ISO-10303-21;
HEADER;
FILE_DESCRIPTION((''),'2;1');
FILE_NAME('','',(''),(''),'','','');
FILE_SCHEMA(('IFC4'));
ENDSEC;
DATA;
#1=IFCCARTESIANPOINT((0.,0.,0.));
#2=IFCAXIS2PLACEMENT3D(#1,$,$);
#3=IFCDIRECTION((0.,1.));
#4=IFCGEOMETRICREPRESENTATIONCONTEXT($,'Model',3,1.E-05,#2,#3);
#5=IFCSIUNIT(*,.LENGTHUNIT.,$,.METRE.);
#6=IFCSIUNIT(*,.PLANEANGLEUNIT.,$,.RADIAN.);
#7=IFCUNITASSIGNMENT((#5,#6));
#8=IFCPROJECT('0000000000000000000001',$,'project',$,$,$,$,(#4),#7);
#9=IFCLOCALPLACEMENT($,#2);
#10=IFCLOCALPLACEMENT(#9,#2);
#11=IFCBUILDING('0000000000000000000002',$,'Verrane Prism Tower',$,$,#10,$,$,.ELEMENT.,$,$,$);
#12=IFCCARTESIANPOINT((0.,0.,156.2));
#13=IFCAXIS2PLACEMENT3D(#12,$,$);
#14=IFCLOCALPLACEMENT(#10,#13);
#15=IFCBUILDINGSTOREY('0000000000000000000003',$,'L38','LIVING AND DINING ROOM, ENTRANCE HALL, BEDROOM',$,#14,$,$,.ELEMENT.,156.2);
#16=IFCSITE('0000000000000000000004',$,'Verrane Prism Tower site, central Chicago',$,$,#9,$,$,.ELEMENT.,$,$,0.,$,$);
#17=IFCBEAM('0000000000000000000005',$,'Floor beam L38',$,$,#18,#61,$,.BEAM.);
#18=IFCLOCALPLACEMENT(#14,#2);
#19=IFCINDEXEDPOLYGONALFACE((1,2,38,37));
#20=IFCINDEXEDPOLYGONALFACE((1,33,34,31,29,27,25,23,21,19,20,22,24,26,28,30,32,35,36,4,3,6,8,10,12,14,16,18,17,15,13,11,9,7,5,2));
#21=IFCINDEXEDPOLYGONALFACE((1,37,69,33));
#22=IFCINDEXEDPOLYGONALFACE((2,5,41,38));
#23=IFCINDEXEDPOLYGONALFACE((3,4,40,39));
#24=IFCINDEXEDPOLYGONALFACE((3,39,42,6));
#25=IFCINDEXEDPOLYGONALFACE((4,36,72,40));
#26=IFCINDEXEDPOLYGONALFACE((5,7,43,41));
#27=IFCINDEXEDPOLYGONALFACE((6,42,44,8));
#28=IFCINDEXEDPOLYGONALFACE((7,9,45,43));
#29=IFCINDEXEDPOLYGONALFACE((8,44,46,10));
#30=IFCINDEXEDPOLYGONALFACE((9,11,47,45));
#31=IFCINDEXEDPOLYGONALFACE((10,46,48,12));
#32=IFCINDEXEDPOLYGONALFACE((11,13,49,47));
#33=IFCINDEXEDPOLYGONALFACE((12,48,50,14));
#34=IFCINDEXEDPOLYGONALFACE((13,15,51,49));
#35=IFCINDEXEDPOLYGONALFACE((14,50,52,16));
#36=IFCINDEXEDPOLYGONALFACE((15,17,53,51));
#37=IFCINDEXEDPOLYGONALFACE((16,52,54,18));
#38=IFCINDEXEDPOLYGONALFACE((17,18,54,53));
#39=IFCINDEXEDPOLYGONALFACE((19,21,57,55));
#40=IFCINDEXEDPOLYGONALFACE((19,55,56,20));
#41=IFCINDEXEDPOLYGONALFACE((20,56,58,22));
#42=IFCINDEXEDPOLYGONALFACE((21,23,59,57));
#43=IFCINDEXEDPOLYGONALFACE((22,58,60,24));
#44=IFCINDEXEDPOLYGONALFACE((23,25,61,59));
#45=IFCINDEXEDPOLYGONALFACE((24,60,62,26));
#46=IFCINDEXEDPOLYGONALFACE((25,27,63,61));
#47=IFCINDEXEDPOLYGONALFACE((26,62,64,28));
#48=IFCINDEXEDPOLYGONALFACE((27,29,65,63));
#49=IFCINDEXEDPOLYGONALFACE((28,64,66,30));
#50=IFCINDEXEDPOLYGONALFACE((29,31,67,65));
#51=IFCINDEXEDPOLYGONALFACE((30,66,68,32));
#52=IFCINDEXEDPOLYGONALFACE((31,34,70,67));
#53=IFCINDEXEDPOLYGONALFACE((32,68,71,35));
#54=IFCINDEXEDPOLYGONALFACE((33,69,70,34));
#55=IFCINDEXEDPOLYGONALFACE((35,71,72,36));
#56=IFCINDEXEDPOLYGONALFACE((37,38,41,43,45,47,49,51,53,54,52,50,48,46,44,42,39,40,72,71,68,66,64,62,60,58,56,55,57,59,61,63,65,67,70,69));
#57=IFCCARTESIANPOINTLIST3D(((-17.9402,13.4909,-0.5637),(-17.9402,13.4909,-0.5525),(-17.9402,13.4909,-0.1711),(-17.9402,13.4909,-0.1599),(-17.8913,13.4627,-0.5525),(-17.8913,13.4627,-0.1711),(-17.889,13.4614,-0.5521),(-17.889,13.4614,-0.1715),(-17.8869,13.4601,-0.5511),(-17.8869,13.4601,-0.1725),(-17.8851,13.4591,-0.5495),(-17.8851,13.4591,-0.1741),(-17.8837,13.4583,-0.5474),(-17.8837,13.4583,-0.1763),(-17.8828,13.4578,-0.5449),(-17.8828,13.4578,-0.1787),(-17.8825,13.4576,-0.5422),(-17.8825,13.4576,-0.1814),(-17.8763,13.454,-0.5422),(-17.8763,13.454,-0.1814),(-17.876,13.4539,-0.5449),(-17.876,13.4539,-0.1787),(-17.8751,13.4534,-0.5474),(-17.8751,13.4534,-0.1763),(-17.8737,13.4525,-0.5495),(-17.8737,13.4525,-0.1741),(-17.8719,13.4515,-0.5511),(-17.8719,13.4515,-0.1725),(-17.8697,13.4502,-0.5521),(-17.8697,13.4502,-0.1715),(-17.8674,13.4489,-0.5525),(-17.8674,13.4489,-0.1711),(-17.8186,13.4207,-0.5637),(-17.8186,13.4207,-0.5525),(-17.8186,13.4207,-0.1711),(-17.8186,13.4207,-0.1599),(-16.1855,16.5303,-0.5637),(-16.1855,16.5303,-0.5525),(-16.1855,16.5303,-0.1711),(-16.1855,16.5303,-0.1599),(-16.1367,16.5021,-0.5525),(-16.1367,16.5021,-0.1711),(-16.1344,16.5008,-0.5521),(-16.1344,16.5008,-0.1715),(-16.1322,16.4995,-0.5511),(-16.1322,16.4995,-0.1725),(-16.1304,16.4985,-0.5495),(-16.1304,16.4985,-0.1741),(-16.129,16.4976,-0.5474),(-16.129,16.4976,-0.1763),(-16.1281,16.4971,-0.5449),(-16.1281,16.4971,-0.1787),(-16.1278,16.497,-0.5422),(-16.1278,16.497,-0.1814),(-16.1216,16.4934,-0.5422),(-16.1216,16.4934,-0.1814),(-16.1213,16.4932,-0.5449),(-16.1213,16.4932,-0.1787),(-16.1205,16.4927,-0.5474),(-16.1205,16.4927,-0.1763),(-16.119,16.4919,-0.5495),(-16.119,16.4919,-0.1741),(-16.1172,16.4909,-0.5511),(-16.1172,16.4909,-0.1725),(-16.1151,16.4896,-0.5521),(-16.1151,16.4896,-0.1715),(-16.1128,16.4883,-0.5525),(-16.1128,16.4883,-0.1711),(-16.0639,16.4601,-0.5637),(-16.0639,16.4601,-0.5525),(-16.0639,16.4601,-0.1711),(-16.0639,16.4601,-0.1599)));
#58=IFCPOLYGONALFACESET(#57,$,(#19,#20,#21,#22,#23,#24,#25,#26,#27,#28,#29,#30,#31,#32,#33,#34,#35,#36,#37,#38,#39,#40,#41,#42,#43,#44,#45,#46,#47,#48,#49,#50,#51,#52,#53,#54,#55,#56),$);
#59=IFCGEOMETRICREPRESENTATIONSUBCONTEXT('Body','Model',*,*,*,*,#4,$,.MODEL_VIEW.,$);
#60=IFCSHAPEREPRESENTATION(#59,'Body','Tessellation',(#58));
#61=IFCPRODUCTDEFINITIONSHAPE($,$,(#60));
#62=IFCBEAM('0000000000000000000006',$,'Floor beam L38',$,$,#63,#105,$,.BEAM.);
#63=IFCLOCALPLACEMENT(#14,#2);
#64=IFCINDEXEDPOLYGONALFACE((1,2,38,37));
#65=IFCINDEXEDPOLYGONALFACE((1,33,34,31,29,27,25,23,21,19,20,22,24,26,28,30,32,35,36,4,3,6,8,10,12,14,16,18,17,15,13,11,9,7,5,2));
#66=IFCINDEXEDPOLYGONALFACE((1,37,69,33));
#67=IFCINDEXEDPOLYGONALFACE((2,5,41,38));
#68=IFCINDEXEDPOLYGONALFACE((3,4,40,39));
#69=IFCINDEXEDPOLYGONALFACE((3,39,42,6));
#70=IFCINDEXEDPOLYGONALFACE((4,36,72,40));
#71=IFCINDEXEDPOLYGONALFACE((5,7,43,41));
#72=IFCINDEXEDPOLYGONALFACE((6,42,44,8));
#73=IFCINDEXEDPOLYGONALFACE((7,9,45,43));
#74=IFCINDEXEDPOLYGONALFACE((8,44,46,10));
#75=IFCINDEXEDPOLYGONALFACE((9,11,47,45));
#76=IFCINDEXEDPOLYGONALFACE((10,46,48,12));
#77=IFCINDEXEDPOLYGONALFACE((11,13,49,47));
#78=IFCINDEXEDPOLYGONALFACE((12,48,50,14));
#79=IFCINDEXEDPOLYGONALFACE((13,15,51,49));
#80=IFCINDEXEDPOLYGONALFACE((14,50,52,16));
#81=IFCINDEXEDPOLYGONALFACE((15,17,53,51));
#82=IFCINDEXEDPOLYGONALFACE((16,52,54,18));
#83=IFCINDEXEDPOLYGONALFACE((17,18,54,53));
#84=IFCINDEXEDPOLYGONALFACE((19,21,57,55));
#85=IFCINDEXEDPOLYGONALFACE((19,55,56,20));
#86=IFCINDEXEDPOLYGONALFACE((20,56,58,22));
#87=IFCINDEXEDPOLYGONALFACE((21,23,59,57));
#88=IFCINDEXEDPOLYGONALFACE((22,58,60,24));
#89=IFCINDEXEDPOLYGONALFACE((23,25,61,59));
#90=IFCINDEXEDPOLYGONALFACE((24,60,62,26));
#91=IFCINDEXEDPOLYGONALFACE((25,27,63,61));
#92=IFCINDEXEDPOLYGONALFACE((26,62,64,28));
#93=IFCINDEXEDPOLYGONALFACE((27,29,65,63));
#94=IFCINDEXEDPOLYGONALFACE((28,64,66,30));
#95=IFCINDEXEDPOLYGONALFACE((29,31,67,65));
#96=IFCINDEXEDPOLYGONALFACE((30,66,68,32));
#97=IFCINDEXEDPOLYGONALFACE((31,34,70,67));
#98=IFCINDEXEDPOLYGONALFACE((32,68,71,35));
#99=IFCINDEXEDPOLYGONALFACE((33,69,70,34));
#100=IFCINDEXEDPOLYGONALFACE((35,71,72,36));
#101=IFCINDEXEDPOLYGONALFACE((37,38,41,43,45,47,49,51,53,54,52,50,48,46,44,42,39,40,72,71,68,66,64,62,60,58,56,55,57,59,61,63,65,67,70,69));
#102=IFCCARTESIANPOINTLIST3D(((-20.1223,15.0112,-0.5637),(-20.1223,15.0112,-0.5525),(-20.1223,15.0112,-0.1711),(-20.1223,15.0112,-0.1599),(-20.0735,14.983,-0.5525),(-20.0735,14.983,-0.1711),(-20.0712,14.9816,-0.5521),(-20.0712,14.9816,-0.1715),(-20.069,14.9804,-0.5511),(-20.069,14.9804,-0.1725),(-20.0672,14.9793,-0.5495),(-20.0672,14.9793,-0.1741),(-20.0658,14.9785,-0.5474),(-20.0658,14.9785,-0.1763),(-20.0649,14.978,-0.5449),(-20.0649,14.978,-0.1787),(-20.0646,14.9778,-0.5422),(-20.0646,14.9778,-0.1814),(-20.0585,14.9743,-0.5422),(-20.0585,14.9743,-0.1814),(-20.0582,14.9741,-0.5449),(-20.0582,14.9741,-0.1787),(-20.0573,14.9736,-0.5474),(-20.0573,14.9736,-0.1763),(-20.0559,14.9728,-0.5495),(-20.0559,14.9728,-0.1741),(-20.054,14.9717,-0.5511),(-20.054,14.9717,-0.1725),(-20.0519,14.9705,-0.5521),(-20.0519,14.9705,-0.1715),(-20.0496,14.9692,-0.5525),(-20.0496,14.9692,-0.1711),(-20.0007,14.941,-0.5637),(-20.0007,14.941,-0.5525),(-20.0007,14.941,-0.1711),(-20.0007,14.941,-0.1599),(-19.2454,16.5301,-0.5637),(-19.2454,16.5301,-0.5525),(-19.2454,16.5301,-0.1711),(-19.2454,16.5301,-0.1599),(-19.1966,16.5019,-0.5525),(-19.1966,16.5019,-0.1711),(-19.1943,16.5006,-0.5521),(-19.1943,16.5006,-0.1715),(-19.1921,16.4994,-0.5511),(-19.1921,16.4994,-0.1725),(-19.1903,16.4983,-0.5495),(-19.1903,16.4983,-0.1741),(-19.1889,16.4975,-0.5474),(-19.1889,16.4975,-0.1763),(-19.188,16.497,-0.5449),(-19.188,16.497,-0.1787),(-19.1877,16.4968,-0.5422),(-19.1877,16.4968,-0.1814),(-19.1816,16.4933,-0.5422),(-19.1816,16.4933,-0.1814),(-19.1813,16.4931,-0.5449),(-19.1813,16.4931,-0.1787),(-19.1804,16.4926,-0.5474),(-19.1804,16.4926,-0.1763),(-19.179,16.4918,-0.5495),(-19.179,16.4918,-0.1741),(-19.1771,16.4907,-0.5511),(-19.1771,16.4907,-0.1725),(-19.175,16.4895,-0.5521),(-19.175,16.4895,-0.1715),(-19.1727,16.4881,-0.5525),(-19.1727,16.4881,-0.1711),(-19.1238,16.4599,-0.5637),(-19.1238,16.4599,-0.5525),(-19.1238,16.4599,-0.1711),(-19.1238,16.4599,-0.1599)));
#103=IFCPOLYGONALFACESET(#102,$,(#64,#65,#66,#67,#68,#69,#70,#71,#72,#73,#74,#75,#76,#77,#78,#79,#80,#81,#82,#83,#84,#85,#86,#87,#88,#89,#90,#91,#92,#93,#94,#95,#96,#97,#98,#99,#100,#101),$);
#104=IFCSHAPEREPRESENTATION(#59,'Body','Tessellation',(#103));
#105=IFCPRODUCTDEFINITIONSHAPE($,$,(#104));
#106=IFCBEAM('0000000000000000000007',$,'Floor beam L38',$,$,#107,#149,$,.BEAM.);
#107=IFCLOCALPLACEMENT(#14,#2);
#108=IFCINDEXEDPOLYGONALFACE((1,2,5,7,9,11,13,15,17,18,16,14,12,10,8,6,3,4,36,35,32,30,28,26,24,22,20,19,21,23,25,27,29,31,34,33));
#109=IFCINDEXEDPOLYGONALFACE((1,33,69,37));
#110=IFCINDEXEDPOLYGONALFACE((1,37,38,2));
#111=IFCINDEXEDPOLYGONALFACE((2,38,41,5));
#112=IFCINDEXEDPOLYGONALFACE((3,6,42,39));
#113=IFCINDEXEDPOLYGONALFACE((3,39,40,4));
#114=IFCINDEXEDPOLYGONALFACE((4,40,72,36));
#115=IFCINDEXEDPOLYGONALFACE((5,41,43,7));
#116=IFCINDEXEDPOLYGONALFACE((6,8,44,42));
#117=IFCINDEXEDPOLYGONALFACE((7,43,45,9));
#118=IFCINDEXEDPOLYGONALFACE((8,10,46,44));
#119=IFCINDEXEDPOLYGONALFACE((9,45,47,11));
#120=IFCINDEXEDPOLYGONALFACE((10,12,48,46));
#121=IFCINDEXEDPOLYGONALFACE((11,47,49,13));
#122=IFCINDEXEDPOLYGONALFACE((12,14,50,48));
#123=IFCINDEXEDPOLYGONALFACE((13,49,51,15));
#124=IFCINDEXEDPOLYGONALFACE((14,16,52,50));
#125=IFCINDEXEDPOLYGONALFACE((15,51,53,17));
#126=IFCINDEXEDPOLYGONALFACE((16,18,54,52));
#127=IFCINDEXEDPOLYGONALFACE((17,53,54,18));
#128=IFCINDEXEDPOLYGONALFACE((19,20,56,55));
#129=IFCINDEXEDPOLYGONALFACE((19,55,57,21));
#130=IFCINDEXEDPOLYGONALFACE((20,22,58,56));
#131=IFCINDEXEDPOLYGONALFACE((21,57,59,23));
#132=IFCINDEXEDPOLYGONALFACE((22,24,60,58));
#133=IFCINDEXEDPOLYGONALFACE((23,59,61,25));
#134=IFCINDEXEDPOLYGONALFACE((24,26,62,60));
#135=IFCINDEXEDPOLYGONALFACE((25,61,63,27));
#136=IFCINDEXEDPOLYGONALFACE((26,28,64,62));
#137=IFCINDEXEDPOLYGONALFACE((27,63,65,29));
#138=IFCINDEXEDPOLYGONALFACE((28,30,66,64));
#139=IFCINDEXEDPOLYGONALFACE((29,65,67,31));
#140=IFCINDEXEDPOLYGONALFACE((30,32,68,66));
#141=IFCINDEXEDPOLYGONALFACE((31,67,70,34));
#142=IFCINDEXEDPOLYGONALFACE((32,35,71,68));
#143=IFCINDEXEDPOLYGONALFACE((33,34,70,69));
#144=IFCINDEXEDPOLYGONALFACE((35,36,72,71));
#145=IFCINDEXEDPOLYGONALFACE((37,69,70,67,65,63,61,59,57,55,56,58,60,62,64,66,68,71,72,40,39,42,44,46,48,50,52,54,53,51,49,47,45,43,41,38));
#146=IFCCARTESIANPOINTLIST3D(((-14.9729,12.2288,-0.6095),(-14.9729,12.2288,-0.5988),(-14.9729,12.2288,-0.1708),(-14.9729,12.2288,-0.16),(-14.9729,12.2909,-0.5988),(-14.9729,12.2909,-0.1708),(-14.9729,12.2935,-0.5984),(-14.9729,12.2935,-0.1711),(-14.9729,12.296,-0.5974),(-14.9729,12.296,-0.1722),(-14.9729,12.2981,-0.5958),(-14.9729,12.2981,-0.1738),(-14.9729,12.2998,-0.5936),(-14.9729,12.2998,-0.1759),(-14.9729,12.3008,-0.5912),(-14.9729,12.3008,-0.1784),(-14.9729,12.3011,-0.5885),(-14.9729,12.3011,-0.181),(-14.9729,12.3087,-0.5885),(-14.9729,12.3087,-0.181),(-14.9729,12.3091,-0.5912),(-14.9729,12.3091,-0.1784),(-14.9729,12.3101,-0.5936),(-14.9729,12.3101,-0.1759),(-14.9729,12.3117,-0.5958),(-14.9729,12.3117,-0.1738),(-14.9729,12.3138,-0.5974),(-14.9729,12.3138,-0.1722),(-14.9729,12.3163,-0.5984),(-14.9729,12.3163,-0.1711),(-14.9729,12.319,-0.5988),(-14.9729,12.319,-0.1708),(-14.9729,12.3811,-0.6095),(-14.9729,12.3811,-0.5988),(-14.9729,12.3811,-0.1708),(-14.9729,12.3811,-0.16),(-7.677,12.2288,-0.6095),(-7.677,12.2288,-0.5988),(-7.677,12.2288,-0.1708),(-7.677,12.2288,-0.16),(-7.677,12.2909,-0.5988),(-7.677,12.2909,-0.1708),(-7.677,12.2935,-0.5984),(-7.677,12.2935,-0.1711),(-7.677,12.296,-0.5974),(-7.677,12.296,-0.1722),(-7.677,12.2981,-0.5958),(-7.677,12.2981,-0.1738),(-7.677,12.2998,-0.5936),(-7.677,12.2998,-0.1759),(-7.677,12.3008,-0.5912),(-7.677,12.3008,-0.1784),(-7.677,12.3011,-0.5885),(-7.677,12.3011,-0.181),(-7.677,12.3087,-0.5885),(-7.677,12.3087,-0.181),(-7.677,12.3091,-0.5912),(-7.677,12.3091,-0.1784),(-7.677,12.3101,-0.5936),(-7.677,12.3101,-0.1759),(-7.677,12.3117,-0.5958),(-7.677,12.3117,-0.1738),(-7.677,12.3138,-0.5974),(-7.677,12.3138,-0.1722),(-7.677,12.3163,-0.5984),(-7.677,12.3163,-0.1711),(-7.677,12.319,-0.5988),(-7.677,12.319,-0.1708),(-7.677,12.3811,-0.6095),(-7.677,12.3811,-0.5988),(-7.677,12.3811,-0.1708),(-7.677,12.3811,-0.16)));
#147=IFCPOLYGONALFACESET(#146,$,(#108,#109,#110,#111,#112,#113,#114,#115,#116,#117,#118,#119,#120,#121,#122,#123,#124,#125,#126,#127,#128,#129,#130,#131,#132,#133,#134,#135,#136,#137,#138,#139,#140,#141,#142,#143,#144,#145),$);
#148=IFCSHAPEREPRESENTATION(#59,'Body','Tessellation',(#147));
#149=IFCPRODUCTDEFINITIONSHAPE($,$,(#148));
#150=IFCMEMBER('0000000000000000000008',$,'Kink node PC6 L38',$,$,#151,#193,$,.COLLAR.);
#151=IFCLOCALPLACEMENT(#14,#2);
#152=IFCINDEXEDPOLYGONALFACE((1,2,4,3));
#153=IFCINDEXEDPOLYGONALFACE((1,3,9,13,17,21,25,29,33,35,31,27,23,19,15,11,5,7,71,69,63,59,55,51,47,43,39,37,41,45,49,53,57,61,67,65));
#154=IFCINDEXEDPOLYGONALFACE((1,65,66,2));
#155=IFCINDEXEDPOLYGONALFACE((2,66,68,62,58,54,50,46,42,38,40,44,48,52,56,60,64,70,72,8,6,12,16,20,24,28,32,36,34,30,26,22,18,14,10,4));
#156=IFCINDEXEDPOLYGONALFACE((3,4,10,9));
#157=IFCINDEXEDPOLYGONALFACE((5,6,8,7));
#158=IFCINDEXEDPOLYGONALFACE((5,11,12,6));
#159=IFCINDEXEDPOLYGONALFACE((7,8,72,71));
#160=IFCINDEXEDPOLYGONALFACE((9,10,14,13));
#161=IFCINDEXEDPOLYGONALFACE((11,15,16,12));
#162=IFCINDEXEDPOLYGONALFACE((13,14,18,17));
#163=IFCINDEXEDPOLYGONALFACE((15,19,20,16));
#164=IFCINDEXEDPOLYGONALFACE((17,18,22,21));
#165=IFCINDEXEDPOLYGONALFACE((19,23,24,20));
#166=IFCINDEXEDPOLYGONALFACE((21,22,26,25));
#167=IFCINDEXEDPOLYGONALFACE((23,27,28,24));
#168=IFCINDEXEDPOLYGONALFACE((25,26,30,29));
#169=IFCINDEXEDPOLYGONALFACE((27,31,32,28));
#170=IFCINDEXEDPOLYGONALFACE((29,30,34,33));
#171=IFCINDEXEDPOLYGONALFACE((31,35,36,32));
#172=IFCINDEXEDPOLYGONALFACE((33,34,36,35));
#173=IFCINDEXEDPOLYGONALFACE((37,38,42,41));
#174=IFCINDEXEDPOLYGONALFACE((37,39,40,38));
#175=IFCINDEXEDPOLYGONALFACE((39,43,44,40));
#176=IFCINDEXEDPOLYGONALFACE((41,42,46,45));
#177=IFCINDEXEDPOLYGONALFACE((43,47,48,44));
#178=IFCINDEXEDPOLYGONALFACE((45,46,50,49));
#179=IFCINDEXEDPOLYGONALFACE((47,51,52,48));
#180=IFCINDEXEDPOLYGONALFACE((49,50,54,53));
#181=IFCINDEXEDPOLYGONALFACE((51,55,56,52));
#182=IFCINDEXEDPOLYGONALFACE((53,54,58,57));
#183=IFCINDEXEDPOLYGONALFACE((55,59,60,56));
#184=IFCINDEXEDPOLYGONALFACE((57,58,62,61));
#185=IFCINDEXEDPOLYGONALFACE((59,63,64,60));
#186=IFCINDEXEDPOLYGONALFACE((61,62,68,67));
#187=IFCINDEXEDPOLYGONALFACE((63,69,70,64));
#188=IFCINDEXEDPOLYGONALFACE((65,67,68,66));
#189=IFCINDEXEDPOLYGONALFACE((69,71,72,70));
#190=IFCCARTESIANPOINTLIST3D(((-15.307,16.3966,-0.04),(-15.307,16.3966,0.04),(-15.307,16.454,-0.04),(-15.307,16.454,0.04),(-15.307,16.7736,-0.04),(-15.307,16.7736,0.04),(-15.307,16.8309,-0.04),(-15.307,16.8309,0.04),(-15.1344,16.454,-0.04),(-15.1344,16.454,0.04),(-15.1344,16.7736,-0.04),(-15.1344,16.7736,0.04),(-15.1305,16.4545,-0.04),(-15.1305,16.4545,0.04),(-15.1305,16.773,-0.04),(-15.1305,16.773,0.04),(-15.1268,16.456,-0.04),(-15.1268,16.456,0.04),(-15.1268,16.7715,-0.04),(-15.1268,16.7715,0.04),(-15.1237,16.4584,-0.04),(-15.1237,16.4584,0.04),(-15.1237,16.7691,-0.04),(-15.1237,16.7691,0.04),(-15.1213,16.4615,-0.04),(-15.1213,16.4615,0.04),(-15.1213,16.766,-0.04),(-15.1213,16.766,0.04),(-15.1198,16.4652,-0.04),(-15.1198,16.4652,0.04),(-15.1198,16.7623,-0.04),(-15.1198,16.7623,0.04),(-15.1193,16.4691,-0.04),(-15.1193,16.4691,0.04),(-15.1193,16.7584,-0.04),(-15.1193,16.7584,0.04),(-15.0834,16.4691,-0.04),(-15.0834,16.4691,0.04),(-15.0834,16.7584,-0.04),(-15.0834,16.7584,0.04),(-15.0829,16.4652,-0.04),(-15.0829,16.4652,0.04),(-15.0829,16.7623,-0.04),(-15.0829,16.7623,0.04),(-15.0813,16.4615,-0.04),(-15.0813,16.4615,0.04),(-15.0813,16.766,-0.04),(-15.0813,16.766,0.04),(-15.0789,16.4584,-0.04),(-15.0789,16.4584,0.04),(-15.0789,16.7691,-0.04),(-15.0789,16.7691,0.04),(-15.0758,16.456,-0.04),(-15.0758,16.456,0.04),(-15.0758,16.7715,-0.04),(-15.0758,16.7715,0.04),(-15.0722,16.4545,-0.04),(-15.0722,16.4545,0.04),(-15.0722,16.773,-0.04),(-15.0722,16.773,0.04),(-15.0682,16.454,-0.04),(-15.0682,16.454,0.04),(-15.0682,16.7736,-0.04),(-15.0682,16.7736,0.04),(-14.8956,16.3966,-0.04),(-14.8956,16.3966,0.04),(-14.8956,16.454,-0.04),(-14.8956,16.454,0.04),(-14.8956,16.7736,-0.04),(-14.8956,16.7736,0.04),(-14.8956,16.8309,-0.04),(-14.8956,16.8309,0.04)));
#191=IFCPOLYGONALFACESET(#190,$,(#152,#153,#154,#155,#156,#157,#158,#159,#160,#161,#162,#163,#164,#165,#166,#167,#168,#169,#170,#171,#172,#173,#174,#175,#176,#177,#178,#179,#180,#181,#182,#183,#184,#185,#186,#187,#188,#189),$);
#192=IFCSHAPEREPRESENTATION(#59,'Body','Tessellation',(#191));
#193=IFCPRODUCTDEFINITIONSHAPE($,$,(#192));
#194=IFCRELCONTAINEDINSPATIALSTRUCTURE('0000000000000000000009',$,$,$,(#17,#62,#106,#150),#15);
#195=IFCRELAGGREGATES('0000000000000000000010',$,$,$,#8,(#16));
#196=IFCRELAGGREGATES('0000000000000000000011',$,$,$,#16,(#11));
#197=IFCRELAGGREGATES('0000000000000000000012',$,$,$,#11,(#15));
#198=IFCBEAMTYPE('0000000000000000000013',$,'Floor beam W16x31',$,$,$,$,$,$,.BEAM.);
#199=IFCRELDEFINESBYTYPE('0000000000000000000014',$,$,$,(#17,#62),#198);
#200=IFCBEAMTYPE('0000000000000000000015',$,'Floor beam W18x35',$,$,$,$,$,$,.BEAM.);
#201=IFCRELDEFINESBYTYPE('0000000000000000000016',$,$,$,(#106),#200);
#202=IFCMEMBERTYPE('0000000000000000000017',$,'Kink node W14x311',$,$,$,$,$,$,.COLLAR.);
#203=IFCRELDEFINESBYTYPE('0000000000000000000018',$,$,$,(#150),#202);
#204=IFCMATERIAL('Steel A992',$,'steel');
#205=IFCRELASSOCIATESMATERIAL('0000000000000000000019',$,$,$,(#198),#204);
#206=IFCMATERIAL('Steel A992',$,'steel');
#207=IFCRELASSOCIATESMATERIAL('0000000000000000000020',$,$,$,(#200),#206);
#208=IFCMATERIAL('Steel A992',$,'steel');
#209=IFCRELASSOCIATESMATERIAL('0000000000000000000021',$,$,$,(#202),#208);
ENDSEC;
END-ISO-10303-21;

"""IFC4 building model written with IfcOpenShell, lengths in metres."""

from ifc_helpers import new_model, si_unit, direction, frame, origin, origin_2d, place, context, subcontext, project, spatial, i_section, extrude, material, material_profile, profile_set, type_object, element, save


model = new_model("IFC4")

# Units and contexts
model_context = context("Model", 3, precision=1e-05, world=origin(), true_north=direction((0.0, 1.0)))
body_context = subcontext(model_context, "Body", "Model", "MODEL_VIEW")
ifc_project = project(units=[si_unit("LENGTHUNIT", "METRE"), si_unit("PLANEANGLEUNIT", "RADIAN")], contexts=[model_context])

# Site, building, storey
site_placement = place(None, origin())
site = spatial("IfcSite", under=ifc_project, at=site_placement, Name="Verrane Prism Tower site, central Chicago", CompositionType="ELEMENT", RefElevation=0.0)
building_placement = place(site_placement, origin())
building = spatial("IfcBuilding", under=site, at=building_placement, Name="Verrane Prism Tower", CompositionType="ELEMENT")
storey_placement = place(building_placement, frame((0.0, 0.0, 156.2)))
storey = spatial("IfcBuildingStorey", under=building, at=storey_placement, Name="L38", Description="LIVING AND DINING ROOM, ENTRANCE HALL, BEDROOM", CompositionType="ELEMENT", Elevation=156.2)

# Beams
ifc_material_1 = material(Name="Steel A992", Category="steel")
ifc_material_profile_1 = material_profile(ifc_material_1, i_section(OverallWidth=0.1404, OverallDepth=0.4038, WebThickness=0.0071, FlangeThickness=0.0112, FilletRadius=0.0103, at=origin_2d()), Name="W16x31")
ifc_profile_set_1 = profile_set([ifc_material_profile_1], Name="Steel A992")
beam_type_1 = type_object("IfcBeamType", Name="Floor beam W16x31", PredefinedType="BEAM", material=ifc_profile_set_1)
beam_1_placement = place(storey_placement, frame((-17.8794, 13.4558, -0.3618), z_axis=(0.499977, 0.866038, 0.0), x_axis=(-0.866038, 0.499977, 0.0)))
element("IfcBeam", 1, at=beam_1_placement, inside=storey, type_object=beam_type_1, Name="Floor beam L38", PredefinedType="BEAM", context=body_context, shape_type="SweptSolid", body=[
    extrude(i_section(OverallWidth=0.1404, OverallDepth=0.4038, WebThickness=0.0071, FlangeThickness=0.0112, FilletRadius=0.0103, at=origin_2d()), origin(), (0.0, 0.0, 1.0), 3.5095),
])
beam_2_placement = place(storey_placement, frame((-20.0615, 14.9761, -0.3618), z_axis=(0.499971, 0.866042, 0.0), x_axis=(-0.866042, 0.499971, 0.0)))
element("IfcBeam", 2, at=beam_2_placement, inside=storey, type_object=beam_type_1, Name="Floor beam L38", PredefinedType="BEAM", context=body_context, shape_type="SweptSolid", body=[
    extrude(i_section(OverallWidth=0.1404, OverallDepth=0.4038, WebThickness=0.0071, FlangeThickness=0.0112, FilletRadius=0.0103, at=origin_2d()), origin(), (0.0, 0.0, 1.0), 1.7539),
])
ifc_material_2 = material(Name="Steel A992", Category="steel")
ifc_material_profile_2 = material_profile(ifc_material_2, i_section(OverallWidth=0.1523, OverallDepth=0.4495, WebThickness=0.0076, FlangeThickness=0.0107, FilletRadius=0.0103, at=origin_2d()), Name="W18x35")
ifc_profile_set_2 = profile_set([ifc_material_profile_2], Name="Steel A992")
beam_type_2 = type_object("IfcBeamType", Name="Floor beam W18x35", PredefinedType="BEAM", material=ifc_profile_set_2)
beam_3_placement = place(storey_placement, frame((-14.9729, 12.3049, -0.3848), z_axis=(1.0, 0.0, 0.0), x_axis=(0.0, 1.0, 0.0)))
element("IfcBeam", 3, at=beam_3_placement, inside=storey, type_object=beam_type_2, Name="Floor beam L38", PredefinedType="BEAM", context=body_context, shape_type="SweptSolid", body=[
    extrude(i_section(OverallWidth=0.1523, OverallDepth=0.4495, WebThickness=0.0076, FlangeThickness=0.0107, FilletRadius=0.0103, at=origin_2d()), origin(), (0.0, 0.0, 1.0), 7.2959),
])

# Member
ifc_material_3 = material(Name="Steel A992", Category="steel")
ifc_material_profile_3 = material_profile(ifc_material_3, i_section(OverallWidth=0.4114, OverallDepth=0.4343, WebThickness=0.0359, FlangeThickness=0.0574, FilletRadius=0.0151, at=origin_2d()), Name="W14x311")
ifc_profile_set_3 = profile_set([ifc_material_profile_3], Name="Steel A992")
member_type_1 = type_object("IfcMemberType", Name="Kink node W14x311", PredefinedType="COLLAR", material=ifc_profile_set_3)
member_1_placement = place(storey_placement, frame((-15.1013, 16.6138, -0.04), z_axis=(0.0, 0.0, 1.0), x_axis=(1.0, 0.0, 0.0)))
element("IfcMember", 4, at=member_1_placement, inside=storey, type_object=member_type_1, Name="Kink node PC6 L38", PredefinedType="COLLAR", context=body_context, shape_type="SweptSolid", body=[
    extrude(i_section(OverallWidth=0.4114, OverallDepth=0.4343, WebThickness=0.0359, FlangeThickness=0.0574, FilletRadius=0.0151, at=origin_2d()), origin(), (0.0, 0.0, 1.0), 0.0801),
])

save(model, "model.ifc")
